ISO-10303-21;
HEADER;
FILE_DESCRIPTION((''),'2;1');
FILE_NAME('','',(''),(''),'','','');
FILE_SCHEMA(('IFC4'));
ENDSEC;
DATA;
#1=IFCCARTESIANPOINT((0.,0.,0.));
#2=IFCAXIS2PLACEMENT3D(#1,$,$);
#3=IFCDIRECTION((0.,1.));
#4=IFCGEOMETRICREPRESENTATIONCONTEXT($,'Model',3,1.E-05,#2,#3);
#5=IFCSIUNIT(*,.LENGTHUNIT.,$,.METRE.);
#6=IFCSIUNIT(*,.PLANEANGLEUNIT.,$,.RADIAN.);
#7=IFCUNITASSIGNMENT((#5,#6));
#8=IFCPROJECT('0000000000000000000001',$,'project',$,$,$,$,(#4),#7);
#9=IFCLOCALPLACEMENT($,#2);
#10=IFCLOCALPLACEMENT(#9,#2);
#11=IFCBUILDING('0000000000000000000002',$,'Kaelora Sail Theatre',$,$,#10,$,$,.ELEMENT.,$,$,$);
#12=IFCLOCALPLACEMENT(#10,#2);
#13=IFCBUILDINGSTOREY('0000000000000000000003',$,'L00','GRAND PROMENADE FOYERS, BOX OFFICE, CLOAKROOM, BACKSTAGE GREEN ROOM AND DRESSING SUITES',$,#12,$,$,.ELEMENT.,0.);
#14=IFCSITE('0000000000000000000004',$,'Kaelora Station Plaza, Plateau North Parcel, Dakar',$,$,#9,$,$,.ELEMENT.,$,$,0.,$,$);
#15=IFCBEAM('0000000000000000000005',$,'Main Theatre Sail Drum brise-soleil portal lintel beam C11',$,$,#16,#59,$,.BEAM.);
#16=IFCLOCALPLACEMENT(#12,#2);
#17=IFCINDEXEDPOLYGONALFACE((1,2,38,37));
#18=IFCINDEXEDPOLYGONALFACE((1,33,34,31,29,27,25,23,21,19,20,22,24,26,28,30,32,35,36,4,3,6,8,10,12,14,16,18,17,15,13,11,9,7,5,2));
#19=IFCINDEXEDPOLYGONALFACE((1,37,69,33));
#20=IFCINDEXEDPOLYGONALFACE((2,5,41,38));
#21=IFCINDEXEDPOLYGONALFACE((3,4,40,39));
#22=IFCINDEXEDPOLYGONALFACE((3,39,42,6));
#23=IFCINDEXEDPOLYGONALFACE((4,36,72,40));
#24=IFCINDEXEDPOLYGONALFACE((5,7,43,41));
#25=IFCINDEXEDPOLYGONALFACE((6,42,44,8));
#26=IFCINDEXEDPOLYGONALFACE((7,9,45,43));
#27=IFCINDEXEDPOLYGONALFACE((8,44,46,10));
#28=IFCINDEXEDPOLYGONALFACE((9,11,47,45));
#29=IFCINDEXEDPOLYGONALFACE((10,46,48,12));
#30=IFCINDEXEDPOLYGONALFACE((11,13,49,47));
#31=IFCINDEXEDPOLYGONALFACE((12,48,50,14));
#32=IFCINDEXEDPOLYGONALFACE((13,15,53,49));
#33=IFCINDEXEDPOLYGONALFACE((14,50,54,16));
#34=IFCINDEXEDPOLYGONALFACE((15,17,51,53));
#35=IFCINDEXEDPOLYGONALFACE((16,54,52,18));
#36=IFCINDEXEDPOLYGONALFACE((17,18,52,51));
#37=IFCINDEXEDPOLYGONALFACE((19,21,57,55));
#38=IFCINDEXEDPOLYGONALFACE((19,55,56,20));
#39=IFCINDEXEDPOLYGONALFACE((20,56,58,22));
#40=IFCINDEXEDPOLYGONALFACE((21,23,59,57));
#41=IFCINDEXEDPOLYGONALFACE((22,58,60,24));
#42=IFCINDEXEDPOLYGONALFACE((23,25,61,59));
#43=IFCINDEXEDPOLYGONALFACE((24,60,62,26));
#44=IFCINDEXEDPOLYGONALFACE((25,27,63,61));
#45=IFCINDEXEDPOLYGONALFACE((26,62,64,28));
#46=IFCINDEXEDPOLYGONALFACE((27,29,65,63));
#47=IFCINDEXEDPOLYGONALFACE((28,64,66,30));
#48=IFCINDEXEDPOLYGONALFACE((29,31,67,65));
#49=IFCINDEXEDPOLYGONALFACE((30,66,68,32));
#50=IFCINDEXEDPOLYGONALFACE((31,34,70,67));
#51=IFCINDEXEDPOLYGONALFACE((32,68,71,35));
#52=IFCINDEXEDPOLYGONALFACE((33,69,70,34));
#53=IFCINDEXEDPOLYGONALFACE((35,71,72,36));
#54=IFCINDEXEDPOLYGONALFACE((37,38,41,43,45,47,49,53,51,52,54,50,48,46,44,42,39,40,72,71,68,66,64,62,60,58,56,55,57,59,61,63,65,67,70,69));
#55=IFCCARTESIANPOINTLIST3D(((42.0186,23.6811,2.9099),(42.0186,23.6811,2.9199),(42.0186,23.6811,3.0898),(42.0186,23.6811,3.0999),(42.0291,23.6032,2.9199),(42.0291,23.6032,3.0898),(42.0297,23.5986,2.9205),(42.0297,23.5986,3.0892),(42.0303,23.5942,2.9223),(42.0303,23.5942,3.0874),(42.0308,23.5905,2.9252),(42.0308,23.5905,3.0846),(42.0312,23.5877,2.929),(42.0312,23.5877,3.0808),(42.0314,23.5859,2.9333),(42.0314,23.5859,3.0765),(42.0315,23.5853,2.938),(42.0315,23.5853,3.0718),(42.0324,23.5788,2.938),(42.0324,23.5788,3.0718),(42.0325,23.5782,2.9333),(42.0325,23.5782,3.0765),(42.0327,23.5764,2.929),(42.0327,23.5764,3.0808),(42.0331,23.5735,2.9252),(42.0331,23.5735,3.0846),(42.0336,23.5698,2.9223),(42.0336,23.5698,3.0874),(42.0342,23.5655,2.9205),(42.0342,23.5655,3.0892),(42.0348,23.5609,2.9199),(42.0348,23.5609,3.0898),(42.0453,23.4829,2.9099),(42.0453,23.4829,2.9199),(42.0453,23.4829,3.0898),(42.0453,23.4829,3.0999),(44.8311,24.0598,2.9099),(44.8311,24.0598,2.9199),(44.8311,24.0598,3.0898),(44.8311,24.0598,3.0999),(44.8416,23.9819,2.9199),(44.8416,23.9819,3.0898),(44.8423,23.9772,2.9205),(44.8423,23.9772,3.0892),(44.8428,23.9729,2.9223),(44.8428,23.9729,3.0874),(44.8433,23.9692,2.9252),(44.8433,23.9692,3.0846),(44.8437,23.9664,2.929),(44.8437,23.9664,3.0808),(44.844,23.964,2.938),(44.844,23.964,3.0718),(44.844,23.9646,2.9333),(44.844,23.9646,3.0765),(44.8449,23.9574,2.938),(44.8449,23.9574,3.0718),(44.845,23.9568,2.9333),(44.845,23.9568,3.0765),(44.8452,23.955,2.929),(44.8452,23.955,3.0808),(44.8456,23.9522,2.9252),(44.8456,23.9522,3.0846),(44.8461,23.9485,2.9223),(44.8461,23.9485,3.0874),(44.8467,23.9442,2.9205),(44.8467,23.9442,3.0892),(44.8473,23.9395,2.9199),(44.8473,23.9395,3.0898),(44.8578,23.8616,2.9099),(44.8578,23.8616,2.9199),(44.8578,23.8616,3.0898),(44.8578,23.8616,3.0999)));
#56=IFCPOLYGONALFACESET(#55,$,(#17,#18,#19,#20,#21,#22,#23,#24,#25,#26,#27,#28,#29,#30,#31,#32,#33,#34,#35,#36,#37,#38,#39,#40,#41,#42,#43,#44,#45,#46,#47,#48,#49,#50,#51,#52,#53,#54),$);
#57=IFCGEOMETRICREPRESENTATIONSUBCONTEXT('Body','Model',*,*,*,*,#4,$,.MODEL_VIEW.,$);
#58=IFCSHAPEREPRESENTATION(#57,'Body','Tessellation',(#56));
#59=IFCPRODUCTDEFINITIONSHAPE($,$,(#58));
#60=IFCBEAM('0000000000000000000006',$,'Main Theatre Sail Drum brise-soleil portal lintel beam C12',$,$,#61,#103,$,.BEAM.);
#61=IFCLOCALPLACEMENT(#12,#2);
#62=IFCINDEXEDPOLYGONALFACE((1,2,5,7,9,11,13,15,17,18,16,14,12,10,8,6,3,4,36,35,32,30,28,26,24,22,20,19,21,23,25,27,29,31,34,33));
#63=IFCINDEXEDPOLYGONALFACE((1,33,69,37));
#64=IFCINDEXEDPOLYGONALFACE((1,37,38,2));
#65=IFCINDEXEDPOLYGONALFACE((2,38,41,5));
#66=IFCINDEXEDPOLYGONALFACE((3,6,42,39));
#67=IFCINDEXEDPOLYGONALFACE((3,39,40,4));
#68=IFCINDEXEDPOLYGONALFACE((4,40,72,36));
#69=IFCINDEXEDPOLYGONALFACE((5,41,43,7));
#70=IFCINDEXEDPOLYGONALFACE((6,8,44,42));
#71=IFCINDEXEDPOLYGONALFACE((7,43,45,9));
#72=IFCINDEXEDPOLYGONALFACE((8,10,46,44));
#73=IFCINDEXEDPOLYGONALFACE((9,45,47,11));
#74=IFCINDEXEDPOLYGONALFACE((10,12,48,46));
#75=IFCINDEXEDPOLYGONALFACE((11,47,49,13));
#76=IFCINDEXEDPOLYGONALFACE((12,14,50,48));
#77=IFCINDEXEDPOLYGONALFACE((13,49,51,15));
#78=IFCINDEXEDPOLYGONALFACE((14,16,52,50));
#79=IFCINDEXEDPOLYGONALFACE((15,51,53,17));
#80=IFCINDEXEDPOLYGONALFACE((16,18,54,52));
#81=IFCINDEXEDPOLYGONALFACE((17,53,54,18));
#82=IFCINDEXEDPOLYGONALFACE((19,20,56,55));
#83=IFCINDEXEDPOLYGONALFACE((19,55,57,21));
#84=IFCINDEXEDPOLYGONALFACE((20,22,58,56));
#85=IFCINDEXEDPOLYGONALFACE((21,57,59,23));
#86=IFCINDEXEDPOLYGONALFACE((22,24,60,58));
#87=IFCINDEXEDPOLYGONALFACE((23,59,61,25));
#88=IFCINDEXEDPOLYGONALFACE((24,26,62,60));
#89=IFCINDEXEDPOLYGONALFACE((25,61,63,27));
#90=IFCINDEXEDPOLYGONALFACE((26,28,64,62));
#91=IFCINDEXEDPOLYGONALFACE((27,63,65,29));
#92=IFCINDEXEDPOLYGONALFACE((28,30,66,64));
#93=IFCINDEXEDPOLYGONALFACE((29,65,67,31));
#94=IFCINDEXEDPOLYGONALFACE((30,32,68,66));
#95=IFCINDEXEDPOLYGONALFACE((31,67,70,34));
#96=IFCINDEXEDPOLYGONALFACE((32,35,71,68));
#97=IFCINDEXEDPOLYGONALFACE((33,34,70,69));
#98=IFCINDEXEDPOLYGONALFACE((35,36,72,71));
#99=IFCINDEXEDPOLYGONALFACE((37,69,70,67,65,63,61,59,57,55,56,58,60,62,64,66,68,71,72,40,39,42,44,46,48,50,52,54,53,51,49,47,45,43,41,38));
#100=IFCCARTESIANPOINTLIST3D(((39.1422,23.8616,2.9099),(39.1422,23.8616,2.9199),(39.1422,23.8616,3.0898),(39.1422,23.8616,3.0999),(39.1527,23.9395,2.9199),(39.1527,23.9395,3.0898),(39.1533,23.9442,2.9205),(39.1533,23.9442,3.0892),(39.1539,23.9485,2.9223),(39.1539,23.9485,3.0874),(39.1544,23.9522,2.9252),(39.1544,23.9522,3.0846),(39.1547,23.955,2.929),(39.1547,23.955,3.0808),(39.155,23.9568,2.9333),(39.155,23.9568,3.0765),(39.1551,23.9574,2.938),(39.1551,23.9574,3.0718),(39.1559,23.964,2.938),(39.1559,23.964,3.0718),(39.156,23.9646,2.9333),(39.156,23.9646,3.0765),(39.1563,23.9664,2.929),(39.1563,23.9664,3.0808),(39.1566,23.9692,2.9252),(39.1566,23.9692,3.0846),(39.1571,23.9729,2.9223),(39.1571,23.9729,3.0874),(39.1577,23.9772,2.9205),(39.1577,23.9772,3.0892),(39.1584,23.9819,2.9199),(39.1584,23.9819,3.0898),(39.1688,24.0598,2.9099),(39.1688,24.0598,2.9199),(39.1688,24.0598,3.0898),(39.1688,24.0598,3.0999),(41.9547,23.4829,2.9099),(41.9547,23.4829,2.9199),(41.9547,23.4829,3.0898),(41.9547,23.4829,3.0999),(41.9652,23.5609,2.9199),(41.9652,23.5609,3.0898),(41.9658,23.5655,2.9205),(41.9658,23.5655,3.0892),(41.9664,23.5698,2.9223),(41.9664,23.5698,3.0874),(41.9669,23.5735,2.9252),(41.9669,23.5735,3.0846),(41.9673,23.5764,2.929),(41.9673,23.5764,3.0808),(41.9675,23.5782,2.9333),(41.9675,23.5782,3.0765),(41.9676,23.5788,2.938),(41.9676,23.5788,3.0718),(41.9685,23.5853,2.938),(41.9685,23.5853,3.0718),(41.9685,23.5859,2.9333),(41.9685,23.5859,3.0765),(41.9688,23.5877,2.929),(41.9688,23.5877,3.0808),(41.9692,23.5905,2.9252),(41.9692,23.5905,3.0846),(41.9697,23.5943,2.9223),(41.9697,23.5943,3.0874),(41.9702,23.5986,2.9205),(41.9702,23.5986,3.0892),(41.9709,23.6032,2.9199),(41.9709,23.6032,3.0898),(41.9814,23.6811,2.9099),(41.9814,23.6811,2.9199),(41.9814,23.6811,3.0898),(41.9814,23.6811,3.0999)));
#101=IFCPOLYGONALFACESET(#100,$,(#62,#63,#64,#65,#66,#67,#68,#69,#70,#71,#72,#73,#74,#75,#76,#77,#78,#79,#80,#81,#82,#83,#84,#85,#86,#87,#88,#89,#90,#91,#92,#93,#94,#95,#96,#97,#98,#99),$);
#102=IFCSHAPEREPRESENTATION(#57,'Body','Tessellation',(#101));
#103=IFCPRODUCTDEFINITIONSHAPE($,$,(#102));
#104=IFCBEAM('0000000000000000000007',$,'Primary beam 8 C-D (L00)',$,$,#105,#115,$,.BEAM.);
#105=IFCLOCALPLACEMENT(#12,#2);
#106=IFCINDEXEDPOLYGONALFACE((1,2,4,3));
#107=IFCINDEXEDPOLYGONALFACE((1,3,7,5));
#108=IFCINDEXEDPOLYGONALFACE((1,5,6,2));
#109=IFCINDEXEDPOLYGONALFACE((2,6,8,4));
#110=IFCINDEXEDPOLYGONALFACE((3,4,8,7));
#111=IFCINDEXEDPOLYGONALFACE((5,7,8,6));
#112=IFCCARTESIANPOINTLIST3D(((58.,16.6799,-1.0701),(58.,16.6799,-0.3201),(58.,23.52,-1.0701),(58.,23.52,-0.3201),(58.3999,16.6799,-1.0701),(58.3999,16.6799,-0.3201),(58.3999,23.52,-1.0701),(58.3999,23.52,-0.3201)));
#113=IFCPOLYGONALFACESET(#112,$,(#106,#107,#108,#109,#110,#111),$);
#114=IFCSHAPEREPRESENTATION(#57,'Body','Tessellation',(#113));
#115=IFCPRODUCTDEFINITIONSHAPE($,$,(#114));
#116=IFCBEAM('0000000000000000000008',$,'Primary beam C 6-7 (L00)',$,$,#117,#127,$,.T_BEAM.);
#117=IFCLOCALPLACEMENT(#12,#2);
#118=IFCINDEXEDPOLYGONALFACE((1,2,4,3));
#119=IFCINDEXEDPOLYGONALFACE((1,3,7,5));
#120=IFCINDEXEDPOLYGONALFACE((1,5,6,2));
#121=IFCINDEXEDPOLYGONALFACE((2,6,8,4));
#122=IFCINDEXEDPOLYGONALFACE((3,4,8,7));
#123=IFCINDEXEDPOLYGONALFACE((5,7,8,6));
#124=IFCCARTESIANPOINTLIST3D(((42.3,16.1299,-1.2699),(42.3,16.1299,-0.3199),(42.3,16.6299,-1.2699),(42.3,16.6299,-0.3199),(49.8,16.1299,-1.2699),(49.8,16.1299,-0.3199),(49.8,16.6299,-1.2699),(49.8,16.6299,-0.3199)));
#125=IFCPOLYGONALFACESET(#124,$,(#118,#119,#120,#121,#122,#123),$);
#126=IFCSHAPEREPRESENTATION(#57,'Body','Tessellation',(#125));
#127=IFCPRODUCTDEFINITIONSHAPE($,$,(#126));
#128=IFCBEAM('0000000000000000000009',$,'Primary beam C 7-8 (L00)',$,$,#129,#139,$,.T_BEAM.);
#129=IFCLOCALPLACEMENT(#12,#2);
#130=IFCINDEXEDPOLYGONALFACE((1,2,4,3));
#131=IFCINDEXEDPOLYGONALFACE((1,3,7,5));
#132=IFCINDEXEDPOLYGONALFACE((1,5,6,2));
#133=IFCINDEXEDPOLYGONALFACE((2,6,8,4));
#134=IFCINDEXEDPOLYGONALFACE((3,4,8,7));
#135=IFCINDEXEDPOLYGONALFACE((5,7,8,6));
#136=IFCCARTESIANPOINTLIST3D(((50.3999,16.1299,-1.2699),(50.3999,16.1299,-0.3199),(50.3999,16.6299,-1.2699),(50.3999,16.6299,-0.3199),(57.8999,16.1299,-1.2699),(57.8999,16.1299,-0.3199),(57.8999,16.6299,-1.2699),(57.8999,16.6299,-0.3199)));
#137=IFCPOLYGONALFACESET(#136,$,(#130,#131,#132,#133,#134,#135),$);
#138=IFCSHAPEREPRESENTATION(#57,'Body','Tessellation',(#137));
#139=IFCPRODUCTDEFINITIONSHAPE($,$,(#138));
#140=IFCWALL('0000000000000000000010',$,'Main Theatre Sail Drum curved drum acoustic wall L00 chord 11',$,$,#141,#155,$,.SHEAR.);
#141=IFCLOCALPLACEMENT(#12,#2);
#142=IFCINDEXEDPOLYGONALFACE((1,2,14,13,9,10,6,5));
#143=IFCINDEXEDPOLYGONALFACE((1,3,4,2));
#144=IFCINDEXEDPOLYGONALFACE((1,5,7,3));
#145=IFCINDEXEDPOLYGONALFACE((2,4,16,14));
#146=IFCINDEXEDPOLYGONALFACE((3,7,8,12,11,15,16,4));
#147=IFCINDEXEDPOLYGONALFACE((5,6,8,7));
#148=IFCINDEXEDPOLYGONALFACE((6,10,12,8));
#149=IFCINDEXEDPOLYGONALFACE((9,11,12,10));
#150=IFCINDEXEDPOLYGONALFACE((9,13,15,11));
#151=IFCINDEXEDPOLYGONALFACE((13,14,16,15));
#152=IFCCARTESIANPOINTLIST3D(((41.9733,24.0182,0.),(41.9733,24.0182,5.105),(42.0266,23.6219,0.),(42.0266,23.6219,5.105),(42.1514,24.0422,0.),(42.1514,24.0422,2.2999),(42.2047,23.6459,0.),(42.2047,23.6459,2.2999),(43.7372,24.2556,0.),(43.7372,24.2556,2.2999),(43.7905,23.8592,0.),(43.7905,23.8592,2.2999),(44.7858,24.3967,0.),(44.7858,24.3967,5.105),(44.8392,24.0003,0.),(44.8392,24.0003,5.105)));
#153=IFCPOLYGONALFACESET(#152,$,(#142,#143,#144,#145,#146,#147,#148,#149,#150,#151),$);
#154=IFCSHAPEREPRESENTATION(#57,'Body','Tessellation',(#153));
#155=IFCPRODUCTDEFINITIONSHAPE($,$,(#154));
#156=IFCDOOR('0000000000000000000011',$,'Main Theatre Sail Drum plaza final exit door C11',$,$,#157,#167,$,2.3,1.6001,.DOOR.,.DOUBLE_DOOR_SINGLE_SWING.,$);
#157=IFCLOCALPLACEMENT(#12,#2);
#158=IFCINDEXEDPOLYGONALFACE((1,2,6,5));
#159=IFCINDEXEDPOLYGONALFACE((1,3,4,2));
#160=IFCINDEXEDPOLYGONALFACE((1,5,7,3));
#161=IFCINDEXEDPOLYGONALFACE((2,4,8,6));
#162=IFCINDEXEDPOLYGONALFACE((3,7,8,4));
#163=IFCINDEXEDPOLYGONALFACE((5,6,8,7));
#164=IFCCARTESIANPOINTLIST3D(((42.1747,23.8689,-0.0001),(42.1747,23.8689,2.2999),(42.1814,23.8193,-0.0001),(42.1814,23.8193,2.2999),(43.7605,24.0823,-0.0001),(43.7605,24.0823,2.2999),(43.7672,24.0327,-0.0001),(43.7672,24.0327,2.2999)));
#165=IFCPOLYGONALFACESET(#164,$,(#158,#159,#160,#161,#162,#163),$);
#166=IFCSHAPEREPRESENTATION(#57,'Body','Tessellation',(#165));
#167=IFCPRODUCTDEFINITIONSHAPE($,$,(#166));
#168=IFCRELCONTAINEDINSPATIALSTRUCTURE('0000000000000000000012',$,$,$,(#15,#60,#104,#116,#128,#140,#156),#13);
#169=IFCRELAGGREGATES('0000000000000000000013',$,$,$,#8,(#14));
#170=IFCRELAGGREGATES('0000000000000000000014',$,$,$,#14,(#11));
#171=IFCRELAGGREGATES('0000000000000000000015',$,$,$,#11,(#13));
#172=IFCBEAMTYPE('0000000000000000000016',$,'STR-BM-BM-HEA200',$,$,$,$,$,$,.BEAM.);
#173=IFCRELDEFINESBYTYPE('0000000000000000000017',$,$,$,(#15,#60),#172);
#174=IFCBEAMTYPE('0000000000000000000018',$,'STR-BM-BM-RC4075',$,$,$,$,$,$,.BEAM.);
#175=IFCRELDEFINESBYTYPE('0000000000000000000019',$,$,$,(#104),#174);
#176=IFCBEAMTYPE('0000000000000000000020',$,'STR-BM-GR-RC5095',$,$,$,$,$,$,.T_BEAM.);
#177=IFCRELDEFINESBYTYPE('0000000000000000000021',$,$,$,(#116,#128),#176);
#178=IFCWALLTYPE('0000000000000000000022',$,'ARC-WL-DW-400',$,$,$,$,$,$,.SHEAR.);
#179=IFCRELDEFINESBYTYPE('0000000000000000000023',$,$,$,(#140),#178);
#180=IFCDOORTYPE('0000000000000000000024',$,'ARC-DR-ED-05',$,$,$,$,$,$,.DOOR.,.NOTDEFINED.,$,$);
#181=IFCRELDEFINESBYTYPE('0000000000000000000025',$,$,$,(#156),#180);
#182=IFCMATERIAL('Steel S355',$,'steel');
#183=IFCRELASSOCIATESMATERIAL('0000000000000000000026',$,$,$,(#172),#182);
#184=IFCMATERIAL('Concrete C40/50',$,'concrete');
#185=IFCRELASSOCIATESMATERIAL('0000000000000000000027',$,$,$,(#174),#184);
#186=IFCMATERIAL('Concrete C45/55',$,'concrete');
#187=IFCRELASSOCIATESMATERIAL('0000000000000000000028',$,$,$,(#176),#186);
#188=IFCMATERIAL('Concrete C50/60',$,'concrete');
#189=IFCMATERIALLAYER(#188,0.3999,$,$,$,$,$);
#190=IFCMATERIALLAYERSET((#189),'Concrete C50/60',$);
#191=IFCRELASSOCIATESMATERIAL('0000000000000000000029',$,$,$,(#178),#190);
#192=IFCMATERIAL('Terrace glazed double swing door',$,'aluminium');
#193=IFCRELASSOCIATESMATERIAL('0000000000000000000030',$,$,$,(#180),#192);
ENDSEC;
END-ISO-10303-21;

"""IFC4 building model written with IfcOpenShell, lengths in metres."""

from ifc_helpers import new_model, si_unit, direction, frame, frame_2d, origin, origin_2d, place, context, subcontext, project, spatial, rectangle, i_section, extrude, material, layer, layer_set, material_profile, profile_set, type_object, element, fill, save


model = new_model("IFC4")

# Units and contexts
model_context = context("Model", 3, precision=1e-05, world=origin(), true_north=direction((0.0, 1.0)))
body_context = subcontext(model_context, "Body", "Model", "MODEL_VIEW")
ifc_project = project(units=[si_unit("LENGTHUNIT", "METRE"), si_unit("PLANEANGLEUNIT", "RADIAN")], contexts=[model_context])

# Site, building, storey
site_placement = place(None, origin())
site = spatial("IfcSite", under=ifc_project, at=site_placement, Name="Kaelora Station Plaza, Plateau North Parcel, Dakar", CompositionType="ELEMENT", RefElevation=0.0)
building_placement = place(site_placement, origin())
building = spatial("IfcBuilding", under=site, at=building_placement, Name="Kaelora Sail Theatre", CompositionType="ELEMENT")
storey_placement = place(building_placement, origin())
storey = spatial("IfcBuildingStorey", under=building, at=storey_placement, Name="L00", Description="GRAND PROMENADE FOYERS, BOX OFFICE, CLOAKROOM, BACKSTAGE GREEN ROOM AND DRESSING SUITES", CompositionType="ELEMENT", Elevation=0.0)

# Beams
ifc_material_1 = material(Name="Steel S355", Category="steel")
ifc_material_profile_1 = material_profile(ifc_material_1, i_section(OverallWidth=0.2, OverallDepth=0.1899, WebThickness=0.0066, FlangeThickness=0.01, FilletRadius=0.0181, at=origin_2d()), Name="HEA 200")
ifc_profile_set_1 = profile_set([ifc_material_profile_1], Name="Steel S355")
beam_type_1 = type_object("IfcBeamType", Name="STR-BM-BM-HEA200", PredefinedType="BEAM", material=ifc_profile_set_1)
for number, where, z_axis, x_axis, name in (
    (1, (44.8445, 23.9607, 3.0049), (-0.991058, -0.133432, 0.0), (0.133432, -0.991058, 0.0), "Main Theatre Sail Drum brise-soleil portal lintel beam C11"),
    (2, (41.968, 23.582, 3.0049), (-0.991058, 0.133432, 0.0), (-0.133432, -0.991058, 0.0), "Main Theatre Sail Drum brise-soleil portal lintel beam C12"),
):
    element("IfcBeam", number, at=place(storey_placement, frame(where, z_axis=z_axis, x_axis=x_axis)), inside=storey, type_object=beam_type_1, Name=name, PredefinedType="BEAM", context=body_context, shape_type="SweptSolid", body=[
        extrude(i_section(OverallWidth=0.2, OverallDepth=0.1899, WebThickness=0.0066, FlangeThickness=0.01, FilletRadius=0.0181, at=origin_2d()), origin(), (0.0, 0.0, 1.0), 2.8379),
    ])
ifc_material_2 = material(Name="Concrete C40/50", Category="concrete")
ifc_material_profile_2 = material_profile(ifc_material_2, rectangle(XDim=0.3999, YDim=0.75, at=origin_2d()), Name="RC-BM 400x750")
ifc_profile_set_2 = profile_set([ifc_material_profile_2], Name="Concrete C40/50")
beam_type_2 = type_object("IfcBeamType", Name="STR-BM-BM-RC4075", PredefinedType="BEAM", material=ifc_profile_set_2)
beam_placement = place(storey_placement, frame((58.2, 16.6799, -0.6951), z_axis=(0.0, 1.0, 0.0), x_axis=(-1.0, 0.0, 0.0)))
element("IfcBeam", 3, at=beam_placement, inside=storey, type_object=beam_type_2, Name="Primary beam 8 C-D (L00)", PredefinedType="BEAM", context=body_context, shape_type="SweptSolid", body=[
    extrude(rectangle(XDim=0.3999, YDim=0.75, at=origin_2d()), origin(), (0.0, 0.0, 1.0), 6.8401),
])
ifc_material_3 = material(Name="Concrete C45/55", Category="concrete")
ifc_material_profile_3 = material_profile(ifc_material_3, rectangle(XDim=0.5, YDim=0.95, at=origin_2d()), Name="RC-GRD 500x950")
ifc_profile_set_3 = profile_set([ifc_material_profile_3], Name="Concrete C45/55")
beam_type_3 = type_object("IfcBeamType", Name="STR-BM-GR-RC5095", PredefinedType="T_BEAM", material=ifc_profile_set_3)
for number, where, z_axis, x_axis, name in (
    (4, (42.3, 16.3799, -0.7949), (1.0, 0.0, 0.0), (0.0, 1.0, 0.0), "Primary beam C 6-7 (L00)"),
    (5, (50.3999, 16.3799, -0.7949), (1.0, 0.0, 0.0), (0.0, 1.0, 0.0), "Primary beam C 7-8 (L00)"),
):
    element("IfcBeam", number, at=place(storey_placement, frame(where, z_axis=z_axis, x_axis=x_axis)), inside=storey, type_object=beam_type_3, Name=name, PredefinedType="T_BEAM", context=body_context, shape_type="SweptSolid", body=[
        extrude(rectangle(XDim=0.5, YDim=0.95, at=origin_2d()), origin(), (0.0, 0.0, 1.0), 7.5),
    ])

# Wall, opening, door
ifc_material_4 = material(Name="Concrete C50/60", Category="concrete")
ifc_layer = layer(ifc_material_4, 0.3999)
ifc_layer_set = layer_set([ifc_layer], Name="Concrete C50/60")
wall_type = type_object("IfcWallType", Name="ARC-WL-DW-400", PredefinedType="SHEAR", material=ifc_layer_set)
wall_1_placement = place(storey_placement, frame((44.8125, 24.1985, 0.0), z_axis=(0.0, 0.0, 1.0), x_axis=(-0.991069, -0.133347, 0.0)))
wall_1 = element("IfcWall", 6, at=wall_1_placement, inside=storey, type_object=wall_type, Name="Main Theatre Sail Drum curved drum acoustic wall L00 chord 11", PredefinedType="SHEAR", context=body_context, shape_type="SweptSolid", body=[
    extrude(rectangle(XDim=2.8379, YDim=0.3999, at=frame_2d((1.4189, 0.0))), origin(), (0.0, 0.0, 1.0), 5.105),
])
opening_1_placement = place(wall_1_placement, frame((1.0581, 0.0, 0.0)))
opening_1 = element("IfcOpeningElement", 7, at=opening_1_placement, cuts=wall_1, PredefinedType="OPENING", context=body_context, shape_type="SweptSolid", body=[
    extrude(rectangle(XDim=1.6001, YDim=2.3, at=frame_2d((0.8, 1.1499))), frame((0.0, 0.21, 0.0), z_axis=(0.0, -1.0, 0.0), x_axis=(1.0, 0.0, 0.0)), (0.0, 0.0, 1.0), 0.4199),
])
ifc_material_5 = material(Name="Terrace glazed double swing door", Category="aluminium")
door_type = type_object("IfcDoorType", Name="ARC-DR-ED-05", OperationType="NOTDEFINED", PredefinedType="DOOR", material=ifc_material_5)
door_1_placement = place(opening_1_placement, origin())
door_1 = element("IfcDoor", 8, at=door_1_placement, inside=storey, type_object=door_type, Name="Main Theatre Sail Drum plaza final exit door C11", OperationType="DOUBLE_DOOR_SINGLE_SWING", OverallHeight=2.3, OverallWidth=1.6001, PredefinedType="DOOR", context=body_context, shape_type="SweptSolid", body=[
    extrude(rectangle(XDim=1.6001, YDim=2.3, at=frame_2d((0.8, 1.1499))), frame((0.0, 0.0249, 0.0), z_axis=(0.0, -1.0, 0.0), x_axis=(1.0, 0.0, 0.0)), (0.0, 0.0, 1.0), 0.05),
])
fill(opening_1, door_1)

save(model, "model.ifc")
